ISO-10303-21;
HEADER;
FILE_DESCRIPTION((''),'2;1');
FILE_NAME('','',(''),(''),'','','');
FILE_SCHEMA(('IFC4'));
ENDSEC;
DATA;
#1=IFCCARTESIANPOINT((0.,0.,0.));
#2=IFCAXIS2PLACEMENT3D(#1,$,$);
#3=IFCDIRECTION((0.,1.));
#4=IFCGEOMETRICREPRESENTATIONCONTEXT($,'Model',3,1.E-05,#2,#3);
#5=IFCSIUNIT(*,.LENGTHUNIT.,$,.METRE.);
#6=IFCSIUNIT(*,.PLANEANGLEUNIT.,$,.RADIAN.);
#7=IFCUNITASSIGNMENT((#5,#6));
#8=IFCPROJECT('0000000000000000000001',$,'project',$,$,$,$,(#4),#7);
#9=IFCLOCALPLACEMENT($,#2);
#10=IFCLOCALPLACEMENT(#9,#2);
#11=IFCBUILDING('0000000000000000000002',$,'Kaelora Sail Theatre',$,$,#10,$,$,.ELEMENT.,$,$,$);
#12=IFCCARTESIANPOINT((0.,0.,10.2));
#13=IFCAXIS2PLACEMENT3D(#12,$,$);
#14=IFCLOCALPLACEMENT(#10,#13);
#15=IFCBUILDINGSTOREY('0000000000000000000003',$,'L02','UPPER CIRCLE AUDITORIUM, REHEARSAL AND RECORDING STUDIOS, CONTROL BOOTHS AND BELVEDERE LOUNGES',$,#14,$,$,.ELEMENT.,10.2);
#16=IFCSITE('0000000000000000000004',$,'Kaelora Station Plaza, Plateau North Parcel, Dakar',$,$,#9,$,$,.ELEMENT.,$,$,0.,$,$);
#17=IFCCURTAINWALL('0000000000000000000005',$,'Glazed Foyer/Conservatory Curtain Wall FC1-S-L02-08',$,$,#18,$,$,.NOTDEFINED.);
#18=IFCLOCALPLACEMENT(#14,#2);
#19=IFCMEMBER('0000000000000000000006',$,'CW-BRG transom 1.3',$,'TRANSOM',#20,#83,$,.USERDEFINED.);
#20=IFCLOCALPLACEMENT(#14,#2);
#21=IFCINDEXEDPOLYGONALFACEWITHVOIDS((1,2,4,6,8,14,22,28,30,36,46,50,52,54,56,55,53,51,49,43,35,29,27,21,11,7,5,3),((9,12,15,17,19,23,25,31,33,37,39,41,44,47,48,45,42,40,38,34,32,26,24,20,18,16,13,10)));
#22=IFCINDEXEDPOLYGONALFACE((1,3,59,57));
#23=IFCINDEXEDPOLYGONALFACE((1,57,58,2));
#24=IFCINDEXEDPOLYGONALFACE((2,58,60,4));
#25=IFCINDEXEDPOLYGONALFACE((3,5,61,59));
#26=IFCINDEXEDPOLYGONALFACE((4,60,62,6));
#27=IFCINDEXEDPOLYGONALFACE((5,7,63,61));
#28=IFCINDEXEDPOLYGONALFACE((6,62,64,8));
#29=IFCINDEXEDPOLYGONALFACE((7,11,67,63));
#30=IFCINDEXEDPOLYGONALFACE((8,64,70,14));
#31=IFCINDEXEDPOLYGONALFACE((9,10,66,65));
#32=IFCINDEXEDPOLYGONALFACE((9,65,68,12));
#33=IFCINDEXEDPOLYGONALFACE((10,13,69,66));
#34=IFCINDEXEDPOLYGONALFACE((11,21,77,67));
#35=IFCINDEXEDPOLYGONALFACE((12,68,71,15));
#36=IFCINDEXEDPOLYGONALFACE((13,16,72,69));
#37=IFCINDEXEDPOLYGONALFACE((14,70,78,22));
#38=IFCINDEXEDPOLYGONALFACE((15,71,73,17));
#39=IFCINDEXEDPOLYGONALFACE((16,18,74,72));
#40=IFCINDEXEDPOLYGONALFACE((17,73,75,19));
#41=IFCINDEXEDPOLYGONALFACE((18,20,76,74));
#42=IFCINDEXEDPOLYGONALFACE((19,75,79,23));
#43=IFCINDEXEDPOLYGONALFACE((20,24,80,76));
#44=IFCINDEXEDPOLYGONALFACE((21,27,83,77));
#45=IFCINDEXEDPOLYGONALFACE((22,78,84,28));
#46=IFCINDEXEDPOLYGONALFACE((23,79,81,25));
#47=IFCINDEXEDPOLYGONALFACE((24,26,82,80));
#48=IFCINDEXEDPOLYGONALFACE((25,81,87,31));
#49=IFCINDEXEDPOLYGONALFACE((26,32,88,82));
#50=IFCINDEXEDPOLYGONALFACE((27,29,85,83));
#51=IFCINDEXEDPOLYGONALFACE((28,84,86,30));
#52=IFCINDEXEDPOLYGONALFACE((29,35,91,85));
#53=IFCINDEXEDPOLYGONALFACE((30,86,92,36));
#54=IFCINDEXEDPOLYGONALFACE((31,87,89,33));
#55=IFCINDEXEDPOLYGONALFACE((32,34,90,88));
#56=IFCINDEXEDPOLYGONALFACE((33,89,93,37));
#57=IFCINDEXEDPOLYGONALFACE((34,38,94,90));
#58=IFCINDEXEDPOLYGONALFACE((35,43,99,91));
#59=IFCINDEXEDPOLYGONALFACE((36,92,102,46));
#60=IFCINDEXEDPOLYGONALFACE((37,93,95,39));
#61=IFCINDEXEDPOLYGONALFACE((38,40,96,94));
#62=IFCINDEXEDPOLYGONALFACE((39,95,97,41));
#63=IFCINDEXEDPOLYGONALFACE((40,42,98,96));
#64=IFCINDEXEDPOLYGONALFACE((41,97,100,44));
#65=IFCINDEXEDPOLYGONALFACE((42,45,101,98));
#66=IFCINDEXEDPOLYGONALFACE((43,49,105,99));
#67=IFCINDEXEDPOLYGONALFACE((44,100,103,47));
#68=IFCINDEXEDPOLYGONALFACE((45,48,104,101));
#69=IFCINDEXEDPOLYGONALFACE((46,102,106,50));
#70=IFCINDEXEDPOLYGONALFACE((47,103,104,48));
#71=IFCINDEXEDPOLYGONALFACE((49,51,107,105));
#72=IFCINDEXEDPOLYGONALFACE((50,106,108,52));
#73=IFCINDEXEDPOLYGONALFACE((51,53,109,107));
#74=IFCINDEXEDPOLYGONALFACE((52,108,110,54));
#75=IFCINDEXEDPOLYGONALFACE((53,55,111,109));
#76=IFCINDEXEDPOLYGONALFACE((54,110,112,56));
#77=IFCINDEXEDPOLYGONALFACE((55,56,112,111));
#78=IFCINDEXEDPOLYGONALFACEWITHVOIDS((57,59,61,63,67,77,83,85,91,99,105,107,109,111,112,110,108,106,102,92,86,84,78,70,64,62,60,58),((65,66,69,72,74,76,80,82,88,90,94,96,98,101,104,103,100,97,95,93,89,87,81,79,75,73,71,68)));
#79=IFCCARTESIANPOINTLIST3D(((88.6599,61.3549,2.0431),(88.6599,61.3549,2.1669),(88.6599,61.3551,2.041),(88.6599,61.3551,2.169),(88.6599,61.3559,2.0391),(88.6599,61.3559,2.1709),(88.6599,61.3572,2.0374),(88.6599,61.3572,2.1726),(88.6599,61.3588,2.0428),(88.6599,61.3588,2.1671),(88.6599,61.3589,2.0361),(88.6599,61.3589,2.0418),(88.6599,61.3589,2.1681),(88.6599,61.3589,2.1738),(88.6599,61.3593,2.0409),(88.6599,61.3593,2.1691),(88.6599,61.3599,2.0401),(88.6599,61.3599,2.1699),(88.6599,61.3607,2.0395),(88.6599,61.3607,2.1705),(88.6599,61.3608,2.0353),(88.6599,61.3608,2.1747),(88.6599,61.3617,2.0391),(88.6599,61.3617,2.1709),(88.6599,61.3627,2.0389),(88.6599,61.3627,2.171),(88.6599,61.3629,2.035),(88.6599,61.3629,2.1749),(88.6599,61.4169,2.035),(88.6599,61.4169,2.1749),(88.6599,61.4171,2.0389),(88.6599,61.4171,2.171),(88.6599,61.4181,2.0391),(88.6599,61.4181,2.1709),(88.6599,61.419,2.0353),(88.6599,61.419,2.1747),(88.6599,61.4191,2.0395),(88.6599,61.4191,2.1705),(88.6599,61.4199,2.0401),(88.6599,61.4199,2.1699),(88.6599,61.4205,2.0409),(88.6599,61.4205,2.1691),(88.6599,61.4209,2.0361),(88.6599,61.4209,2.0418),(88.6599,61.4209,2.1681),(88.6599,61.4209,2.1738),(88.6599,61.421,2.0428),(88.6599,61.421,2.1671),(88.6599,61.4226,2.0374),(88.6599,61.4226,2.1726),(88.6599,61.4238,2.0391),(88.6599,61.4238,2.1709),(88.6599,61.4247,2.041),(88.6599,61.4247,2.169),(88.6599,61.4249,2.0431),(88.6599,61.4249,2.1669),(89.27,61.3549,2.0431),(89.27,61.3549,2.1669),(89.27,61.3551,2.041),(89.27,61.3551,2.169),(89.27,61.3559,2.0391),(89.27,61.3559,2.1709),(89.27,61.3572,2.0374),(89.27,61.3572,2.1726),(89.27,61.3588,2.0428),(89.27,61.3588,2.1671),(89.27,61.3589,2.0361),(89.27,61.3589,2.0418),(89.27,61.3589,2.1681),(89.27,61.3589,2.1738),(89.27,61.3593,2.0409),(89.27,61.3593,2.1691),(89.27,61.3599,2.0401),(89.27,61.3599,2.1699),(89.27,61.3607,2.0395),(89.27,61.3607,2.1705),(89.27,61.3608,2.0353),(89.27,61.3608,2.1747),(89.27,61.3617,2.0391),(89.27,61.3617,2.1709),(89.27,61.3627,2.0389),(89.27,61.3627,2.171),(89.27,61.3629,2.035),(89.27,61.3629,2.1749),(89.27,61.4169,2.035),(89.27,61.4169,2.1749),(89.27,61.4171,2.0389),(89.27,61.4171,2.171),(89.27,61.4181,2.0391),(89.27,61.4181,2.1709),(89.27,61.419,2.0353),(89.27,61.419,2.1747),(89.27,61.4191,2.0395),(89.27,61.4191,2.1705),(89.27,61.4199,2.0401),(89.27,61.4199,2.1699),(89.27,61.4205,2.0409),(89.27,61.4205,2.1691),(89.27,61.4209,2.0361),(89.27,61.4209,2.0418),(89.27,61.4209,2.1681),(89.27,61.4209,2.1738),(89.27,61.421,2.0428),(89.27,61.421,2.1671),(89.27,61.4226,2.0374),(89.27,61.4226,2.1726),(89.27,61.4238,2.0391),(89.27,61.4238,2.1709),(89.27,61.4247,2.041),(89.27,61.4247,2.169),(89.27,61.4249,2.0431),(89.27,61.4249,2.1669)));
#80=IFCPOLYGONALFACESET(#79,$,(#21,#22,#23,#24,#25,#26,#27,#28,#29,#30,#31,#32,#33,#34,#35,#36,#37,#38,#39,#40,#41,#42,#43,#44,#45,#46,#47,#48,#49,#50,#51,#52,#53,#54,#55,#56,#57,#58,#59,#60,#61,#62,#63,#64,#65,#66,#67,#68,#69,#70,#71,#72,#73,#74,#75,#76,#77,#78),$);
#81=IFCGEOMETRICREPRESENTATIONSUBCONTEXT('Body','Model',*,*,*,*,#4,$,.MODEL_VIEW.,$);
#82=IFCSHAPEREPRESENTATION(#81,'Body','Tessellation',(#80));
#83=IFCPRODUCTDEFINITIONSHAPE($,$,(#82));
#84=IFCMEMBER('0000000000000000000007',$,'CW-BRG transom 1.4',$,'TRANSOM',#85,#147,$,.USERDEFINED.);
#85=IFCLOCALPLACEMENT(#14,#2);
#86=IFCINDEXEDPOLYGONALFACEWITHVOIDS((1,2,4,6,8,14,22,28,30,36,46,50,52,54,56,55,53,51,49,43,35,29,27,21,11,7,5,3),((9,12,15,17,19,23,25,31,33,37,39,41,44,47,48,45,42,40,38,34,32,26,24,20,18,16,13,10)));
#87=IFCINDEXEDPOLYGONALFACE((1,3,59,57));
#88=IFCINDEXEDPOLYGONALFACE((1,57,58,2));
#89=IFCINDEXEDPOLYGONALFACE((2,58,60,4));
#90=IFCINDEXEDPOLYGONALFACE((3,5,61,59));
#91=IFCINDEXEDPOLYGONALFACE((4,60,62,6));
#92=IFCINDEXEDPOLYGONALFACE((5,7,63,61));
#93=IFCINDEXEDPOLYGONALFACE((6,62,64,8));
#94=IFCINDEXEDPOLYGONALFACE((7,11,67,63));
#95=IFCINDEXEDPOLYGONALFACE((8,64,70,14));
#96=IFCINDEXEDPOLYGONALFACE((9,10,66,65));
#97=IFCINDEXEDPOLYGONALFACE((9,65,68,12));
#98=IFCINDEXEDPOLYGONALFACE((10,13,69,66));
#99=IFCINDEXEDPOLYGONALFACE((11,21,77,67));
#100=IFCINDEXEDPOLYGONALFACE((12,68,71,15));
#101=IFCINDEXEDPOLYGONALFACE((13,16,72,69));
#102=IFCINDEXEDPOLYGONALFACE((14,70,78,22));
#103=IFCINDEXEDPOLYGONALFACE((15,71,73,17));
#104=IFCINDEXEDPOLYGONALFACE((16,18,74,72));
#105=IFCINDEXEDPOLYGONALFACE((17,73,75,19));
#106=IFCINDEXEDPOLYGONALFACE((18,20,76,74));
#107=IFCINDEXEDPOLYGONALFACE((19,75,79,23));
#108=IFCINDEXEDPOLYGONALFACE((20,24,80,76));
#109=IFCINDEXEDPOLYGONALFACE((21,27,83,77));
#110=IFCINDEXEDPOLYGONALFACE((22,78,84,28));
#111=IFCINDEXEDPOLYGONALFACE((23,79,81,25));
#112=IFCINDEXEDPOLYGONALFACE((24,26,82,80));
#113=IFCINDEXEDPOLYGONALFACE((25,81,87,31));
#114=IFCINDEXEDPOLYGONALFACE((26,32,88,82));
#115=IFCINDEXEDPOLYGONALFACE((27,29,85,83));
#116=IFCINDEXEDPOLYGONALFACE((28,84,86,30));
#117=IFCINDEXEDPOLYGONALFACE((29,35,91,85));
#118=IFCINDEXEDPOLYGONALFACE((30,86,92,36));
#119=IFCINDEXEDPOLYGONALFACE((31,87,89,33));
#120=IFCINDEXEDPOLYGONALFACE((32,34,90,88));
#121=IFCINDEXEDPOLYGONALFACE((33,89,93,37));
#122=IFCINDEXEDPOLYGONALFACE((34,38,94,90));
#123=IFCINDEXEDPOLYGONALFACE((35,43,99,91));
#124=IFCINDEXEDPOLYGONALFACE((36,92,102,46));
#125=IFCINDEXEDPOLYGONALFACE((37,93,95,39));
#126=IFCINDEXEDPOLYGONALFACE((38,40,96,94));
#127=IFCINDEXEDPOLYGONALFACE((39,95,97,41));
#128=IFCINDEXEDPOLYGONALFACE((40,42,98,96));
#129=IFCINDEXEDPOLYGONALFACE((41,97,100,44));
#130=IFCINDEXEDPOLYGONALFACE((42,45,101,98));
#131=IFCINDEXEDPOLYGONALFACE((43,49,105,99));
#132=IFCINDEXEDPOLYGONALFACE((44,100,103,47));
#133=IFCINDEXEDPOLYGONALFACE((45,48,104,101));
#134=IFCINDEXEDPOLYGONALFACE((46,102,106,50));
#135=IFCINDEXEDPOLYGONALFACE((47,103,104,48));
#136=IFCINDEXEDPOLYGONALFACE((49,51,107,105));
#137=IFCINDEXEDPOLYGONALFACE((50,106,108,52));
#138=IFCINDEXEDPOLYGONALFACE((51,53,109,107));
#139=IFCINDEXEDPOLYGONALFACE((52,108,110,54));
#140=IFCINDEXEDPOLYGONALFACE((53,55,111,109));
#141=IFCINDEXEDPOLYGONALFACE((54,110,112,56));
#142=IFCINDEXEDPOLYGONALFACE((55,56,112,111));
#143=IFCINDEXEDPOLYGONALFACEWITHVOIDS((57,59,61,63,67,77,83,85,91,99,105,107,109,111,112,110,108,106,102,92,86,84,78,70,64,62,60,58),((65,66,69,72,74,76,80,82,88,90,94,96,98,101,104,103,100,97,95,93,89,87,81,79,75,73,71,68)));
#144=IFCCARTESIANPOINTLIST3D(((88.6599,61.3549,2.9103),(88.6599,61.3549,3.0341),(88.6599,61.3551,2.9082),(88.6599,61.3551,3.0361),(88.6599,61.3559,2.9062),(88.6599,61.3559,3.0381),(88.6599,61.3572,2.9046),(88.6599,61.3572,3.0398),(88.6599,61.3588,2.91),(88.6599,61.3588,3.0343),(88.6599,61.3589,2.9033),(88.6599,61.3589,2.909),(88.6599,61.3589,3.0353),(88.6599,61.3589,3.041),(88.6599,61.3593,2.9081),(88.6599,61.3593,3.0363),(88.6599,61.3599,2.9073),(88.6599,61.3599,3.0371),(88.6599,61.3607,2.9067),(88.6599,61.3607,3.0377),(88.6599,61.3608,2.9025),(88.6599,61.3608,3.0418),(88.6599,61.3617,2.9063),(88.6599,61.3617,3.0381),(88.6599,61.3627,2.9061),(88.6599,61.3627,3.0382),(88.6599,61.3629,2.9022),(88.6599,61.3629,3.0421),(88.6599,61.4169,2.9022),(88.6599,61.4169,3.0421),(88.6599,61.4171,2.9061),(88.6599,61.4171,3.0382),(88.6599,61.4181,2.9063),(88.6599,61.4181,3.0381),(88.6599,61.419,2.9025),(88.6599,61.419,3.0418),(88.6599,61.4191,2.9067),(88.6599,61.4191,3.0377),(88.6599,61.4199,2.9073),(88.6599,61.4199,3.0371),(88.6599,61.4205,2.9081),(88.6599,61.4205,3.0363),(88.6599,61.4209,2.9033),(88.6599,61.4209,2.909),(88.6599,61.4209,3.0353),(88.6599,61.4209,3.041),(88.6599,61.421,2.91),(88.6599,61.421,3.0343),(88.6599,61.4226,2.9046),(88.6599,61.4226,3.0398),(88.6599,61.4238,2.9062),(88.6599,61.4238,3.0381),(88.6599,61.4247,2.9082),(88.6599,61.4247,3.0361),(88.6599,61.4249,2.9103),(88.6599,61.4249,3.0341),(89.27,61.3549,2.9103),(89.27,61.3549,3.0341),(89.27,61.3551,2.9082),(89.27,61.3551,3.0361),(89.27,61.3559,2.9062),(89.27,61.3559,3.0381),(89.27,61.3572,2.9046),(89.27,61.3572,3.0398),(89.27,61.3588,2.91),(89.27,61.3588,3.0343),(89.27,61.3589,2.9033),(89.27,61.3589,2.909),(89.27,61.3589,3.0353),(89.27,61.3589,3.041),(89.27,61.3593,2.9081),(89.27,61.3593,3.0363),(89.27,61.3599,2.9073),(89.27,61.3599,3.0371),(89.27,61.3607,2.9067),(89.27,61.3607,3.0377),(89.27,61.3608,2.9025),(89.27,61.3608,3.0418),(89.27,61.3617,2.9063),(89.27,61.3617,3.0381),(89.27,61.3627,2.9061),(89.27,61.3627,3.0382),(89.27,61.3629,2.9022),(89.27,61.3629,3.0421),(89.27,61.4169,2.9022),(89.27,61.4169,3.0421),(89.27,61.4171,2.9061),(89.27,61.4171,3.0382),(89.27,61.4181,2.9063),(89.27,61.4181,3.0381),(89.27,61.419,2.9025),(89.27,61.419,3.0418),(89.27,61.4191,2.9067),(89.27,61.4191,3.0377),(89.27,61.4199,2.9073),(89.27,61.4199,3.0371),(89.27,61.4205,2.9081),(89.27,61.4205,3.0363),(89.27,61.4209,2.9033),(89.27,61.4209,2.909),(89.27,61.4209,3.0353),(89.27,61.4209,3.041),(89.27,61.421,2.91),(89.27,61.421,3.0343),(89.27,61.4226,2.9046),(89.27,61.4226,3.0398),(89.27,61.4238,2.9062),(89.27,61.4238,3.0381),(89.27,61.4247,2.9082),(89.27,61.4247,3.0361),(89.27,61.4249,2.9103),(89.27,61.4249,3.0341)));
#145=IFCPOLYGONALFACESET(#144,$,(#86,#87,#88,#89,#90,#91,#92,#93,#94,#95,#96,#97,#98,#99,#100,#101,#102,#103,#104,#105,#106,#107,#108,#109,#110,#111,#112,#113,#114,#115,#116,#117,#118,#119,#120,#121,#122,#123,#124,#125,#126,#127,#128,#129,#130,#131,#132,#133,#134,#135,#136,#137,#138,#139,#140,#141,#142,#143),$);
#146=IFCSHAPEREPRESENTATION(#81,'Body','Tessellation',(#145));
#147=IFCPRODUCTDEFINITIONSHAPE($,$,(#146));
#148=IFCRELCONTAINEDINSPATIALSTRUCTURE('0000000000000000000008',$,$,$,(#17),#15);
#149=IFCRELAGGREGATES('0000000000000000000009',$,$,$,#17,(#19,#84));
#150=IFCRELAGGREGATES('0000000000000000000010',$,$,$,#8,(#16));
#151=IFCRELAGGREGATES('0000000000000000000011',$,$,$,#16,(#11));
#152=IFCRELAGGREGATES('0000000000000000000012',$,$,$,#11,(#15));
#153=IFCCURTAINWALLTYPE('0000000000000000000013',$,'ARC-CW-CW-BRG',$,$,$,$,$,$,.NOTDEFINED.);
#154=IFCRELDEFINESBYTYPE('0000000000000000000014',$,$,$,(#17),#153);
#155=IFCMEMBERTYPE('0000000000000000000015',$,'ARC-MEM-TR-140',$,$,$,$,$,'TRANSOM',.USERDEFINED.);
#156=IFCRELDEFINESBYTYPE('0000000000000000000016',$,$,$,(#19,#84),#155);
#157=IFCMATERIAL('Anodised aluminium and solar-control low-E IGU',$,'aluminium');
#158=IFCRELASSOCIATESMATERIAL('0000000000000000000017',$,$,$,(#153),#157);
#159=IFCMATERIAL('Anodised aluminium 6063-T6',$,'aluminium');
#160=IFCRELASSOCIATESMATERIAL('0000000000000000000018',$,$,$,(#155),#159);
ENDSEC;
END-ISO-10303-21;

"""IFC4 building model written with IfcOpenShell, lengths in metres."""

from ifc_helpers import new_model, si_unit, direction, frame, origin, origin_2d, place, context, subcontext, project, spatial, hollow_rectangle, extrude, material, material_profile, profile_set, type_object, element, aggregate, save


model = new_model("IFC4")

# Units and contexts
model_context = context("Model", 3, precision=1e-05, world=origin(), true_north=direction((0.0, 1.0)))
body_context = subcontext(model_context, "Body", "Model", "MODEL_VIEW")
ifc_project = project(units=[si_unit("LENGTHUNIT", "METRE"), si_unit("PLANEANGLEUNIT", "RADIAN")], contexts=[model_context])

# Site, building, storey
site_placement = place(None, origin())
site = spatial("IfcSite", under=ifc_project, at=site_placement, Name="Kaelora Station Plaza, Plateau North Parcel, Dakar", CompositionType="ELEMENT", RefElevation=0.0)
building_placement = place(site_placement, origin())
building = spatial("IfcBuilding", under=site, at=building_placement, Name="Kaelora Sail Theatre", CompositionType="ELEMENT")
storey_placement = place(building_placement, frame((0.0, 0.0, 10.2)))
storey = spatial("IfcBuildingStorey", under=building, at=storey_placement, Name="L02", Description="UPPER CIRCLE AUDITORIUM, REHEARSAL AND RECORDING STUDIOS, CONTROL BOOTHS AND BELVEDERE LOUNGES", CompositionType="ELEMENT", Elevation=10.2)

# Curtain wall
ifc_material_1 = material(Name="Anodised aluminium and solar-control low-E IGU", Category="aluminium")
curtain_wall_type = type_object("IfcCurtainWallType", Name="ARC-CW-CW-BRG", PredefinedType="NOTDEFINED", material=ifc_material_1)
curtain_wall_1_placement = place(storey_placement, origin())
curtain_wall_1 = element("IfcCurtainWall", 1, at=curtain_wall_1_placement, inside=storey, type_object=curtain_wall_type, Name="Glazed Foyer/Conservatory Curtain Wall FC1-S-L02-08", PredefinedType="NOTDEFINED")

# Members
ifc_material_2 = material(Name="Anodised aluminium 6063-T6", Category="aluminium")
ifc_material_profile_1 = material_profile(ifc_material_2, hollow_rectangle(XDim=0.0701, YDim=0.1399, WallThickness=0.0039, InnerFilletRadius=0.0039, OuterFilletRadius=0.0081, at=origin_2d()), Name="ALU-TRAN 70x140x4")
ifc_profile_set_1 = profile_set([ifc_material_profile_1], Name="Anodised aluminium 6063-T6")
member_type_1 = type_object("IfcMemberType", Name="ARC-MEM-TR-140", ElementType="TRANSOM", PredefinedType="USERDEFINED", material=ifc_profile_set_1)
member_1_placement = place(storey_placement, frame((88.6599, 61.3899, 2.105), z_axis=(1.0, 0.0, 0.0), x_axis=(0.0, 1.0, 0.0)))
member_1 = element("IfcMember", 2, at=member_1_placement, type_object=member_type_1, Name="CW-BRG transom 1.3", ObjectType="TRANSOM", PredefinedType="USERDEFINED", context=body_context, shape_type="SweptSolid", body=[
    extrude(hollow_rectangle(XDim=0.0701, YDim=0.1399, WallThickness=0.0039, InnerFilletRadius=0.0039, OuterFilletRadius=0.0081, at=origin_2d()), origin(), (0.0, 0.0, 1.0), 0.6101),
])
member_2_placement = place(storey_placement, frame((88.6599, 61.3899, 2.9722), z_axis=(1.0, 0.0, 0.0), x_axis=(0.0, 1.0, 0.0)))
member_2 = element("IfcMember", 3, at=member_2_placement, type_object=member_type_1, Name="CW-BRG transom 1.4", ObjectType="TRANSOM", PredefinedType="USERDEFINED", context=body_context, shape_type="SweptSolid", body=[
    extrude(hollow_rectangle(XDim=0.0701, YDim=0.1399, WallThickness=0.0039, InnerFilletRadius=0.0039, OuterFilletRadius=0.0081, at=origin_2d()), origin(), (0.0, 0.0, 1.0), 0.6101),
])

aggregate(curtain_wall_1, [member_1, member_2])

save(model, "model.ifc")
